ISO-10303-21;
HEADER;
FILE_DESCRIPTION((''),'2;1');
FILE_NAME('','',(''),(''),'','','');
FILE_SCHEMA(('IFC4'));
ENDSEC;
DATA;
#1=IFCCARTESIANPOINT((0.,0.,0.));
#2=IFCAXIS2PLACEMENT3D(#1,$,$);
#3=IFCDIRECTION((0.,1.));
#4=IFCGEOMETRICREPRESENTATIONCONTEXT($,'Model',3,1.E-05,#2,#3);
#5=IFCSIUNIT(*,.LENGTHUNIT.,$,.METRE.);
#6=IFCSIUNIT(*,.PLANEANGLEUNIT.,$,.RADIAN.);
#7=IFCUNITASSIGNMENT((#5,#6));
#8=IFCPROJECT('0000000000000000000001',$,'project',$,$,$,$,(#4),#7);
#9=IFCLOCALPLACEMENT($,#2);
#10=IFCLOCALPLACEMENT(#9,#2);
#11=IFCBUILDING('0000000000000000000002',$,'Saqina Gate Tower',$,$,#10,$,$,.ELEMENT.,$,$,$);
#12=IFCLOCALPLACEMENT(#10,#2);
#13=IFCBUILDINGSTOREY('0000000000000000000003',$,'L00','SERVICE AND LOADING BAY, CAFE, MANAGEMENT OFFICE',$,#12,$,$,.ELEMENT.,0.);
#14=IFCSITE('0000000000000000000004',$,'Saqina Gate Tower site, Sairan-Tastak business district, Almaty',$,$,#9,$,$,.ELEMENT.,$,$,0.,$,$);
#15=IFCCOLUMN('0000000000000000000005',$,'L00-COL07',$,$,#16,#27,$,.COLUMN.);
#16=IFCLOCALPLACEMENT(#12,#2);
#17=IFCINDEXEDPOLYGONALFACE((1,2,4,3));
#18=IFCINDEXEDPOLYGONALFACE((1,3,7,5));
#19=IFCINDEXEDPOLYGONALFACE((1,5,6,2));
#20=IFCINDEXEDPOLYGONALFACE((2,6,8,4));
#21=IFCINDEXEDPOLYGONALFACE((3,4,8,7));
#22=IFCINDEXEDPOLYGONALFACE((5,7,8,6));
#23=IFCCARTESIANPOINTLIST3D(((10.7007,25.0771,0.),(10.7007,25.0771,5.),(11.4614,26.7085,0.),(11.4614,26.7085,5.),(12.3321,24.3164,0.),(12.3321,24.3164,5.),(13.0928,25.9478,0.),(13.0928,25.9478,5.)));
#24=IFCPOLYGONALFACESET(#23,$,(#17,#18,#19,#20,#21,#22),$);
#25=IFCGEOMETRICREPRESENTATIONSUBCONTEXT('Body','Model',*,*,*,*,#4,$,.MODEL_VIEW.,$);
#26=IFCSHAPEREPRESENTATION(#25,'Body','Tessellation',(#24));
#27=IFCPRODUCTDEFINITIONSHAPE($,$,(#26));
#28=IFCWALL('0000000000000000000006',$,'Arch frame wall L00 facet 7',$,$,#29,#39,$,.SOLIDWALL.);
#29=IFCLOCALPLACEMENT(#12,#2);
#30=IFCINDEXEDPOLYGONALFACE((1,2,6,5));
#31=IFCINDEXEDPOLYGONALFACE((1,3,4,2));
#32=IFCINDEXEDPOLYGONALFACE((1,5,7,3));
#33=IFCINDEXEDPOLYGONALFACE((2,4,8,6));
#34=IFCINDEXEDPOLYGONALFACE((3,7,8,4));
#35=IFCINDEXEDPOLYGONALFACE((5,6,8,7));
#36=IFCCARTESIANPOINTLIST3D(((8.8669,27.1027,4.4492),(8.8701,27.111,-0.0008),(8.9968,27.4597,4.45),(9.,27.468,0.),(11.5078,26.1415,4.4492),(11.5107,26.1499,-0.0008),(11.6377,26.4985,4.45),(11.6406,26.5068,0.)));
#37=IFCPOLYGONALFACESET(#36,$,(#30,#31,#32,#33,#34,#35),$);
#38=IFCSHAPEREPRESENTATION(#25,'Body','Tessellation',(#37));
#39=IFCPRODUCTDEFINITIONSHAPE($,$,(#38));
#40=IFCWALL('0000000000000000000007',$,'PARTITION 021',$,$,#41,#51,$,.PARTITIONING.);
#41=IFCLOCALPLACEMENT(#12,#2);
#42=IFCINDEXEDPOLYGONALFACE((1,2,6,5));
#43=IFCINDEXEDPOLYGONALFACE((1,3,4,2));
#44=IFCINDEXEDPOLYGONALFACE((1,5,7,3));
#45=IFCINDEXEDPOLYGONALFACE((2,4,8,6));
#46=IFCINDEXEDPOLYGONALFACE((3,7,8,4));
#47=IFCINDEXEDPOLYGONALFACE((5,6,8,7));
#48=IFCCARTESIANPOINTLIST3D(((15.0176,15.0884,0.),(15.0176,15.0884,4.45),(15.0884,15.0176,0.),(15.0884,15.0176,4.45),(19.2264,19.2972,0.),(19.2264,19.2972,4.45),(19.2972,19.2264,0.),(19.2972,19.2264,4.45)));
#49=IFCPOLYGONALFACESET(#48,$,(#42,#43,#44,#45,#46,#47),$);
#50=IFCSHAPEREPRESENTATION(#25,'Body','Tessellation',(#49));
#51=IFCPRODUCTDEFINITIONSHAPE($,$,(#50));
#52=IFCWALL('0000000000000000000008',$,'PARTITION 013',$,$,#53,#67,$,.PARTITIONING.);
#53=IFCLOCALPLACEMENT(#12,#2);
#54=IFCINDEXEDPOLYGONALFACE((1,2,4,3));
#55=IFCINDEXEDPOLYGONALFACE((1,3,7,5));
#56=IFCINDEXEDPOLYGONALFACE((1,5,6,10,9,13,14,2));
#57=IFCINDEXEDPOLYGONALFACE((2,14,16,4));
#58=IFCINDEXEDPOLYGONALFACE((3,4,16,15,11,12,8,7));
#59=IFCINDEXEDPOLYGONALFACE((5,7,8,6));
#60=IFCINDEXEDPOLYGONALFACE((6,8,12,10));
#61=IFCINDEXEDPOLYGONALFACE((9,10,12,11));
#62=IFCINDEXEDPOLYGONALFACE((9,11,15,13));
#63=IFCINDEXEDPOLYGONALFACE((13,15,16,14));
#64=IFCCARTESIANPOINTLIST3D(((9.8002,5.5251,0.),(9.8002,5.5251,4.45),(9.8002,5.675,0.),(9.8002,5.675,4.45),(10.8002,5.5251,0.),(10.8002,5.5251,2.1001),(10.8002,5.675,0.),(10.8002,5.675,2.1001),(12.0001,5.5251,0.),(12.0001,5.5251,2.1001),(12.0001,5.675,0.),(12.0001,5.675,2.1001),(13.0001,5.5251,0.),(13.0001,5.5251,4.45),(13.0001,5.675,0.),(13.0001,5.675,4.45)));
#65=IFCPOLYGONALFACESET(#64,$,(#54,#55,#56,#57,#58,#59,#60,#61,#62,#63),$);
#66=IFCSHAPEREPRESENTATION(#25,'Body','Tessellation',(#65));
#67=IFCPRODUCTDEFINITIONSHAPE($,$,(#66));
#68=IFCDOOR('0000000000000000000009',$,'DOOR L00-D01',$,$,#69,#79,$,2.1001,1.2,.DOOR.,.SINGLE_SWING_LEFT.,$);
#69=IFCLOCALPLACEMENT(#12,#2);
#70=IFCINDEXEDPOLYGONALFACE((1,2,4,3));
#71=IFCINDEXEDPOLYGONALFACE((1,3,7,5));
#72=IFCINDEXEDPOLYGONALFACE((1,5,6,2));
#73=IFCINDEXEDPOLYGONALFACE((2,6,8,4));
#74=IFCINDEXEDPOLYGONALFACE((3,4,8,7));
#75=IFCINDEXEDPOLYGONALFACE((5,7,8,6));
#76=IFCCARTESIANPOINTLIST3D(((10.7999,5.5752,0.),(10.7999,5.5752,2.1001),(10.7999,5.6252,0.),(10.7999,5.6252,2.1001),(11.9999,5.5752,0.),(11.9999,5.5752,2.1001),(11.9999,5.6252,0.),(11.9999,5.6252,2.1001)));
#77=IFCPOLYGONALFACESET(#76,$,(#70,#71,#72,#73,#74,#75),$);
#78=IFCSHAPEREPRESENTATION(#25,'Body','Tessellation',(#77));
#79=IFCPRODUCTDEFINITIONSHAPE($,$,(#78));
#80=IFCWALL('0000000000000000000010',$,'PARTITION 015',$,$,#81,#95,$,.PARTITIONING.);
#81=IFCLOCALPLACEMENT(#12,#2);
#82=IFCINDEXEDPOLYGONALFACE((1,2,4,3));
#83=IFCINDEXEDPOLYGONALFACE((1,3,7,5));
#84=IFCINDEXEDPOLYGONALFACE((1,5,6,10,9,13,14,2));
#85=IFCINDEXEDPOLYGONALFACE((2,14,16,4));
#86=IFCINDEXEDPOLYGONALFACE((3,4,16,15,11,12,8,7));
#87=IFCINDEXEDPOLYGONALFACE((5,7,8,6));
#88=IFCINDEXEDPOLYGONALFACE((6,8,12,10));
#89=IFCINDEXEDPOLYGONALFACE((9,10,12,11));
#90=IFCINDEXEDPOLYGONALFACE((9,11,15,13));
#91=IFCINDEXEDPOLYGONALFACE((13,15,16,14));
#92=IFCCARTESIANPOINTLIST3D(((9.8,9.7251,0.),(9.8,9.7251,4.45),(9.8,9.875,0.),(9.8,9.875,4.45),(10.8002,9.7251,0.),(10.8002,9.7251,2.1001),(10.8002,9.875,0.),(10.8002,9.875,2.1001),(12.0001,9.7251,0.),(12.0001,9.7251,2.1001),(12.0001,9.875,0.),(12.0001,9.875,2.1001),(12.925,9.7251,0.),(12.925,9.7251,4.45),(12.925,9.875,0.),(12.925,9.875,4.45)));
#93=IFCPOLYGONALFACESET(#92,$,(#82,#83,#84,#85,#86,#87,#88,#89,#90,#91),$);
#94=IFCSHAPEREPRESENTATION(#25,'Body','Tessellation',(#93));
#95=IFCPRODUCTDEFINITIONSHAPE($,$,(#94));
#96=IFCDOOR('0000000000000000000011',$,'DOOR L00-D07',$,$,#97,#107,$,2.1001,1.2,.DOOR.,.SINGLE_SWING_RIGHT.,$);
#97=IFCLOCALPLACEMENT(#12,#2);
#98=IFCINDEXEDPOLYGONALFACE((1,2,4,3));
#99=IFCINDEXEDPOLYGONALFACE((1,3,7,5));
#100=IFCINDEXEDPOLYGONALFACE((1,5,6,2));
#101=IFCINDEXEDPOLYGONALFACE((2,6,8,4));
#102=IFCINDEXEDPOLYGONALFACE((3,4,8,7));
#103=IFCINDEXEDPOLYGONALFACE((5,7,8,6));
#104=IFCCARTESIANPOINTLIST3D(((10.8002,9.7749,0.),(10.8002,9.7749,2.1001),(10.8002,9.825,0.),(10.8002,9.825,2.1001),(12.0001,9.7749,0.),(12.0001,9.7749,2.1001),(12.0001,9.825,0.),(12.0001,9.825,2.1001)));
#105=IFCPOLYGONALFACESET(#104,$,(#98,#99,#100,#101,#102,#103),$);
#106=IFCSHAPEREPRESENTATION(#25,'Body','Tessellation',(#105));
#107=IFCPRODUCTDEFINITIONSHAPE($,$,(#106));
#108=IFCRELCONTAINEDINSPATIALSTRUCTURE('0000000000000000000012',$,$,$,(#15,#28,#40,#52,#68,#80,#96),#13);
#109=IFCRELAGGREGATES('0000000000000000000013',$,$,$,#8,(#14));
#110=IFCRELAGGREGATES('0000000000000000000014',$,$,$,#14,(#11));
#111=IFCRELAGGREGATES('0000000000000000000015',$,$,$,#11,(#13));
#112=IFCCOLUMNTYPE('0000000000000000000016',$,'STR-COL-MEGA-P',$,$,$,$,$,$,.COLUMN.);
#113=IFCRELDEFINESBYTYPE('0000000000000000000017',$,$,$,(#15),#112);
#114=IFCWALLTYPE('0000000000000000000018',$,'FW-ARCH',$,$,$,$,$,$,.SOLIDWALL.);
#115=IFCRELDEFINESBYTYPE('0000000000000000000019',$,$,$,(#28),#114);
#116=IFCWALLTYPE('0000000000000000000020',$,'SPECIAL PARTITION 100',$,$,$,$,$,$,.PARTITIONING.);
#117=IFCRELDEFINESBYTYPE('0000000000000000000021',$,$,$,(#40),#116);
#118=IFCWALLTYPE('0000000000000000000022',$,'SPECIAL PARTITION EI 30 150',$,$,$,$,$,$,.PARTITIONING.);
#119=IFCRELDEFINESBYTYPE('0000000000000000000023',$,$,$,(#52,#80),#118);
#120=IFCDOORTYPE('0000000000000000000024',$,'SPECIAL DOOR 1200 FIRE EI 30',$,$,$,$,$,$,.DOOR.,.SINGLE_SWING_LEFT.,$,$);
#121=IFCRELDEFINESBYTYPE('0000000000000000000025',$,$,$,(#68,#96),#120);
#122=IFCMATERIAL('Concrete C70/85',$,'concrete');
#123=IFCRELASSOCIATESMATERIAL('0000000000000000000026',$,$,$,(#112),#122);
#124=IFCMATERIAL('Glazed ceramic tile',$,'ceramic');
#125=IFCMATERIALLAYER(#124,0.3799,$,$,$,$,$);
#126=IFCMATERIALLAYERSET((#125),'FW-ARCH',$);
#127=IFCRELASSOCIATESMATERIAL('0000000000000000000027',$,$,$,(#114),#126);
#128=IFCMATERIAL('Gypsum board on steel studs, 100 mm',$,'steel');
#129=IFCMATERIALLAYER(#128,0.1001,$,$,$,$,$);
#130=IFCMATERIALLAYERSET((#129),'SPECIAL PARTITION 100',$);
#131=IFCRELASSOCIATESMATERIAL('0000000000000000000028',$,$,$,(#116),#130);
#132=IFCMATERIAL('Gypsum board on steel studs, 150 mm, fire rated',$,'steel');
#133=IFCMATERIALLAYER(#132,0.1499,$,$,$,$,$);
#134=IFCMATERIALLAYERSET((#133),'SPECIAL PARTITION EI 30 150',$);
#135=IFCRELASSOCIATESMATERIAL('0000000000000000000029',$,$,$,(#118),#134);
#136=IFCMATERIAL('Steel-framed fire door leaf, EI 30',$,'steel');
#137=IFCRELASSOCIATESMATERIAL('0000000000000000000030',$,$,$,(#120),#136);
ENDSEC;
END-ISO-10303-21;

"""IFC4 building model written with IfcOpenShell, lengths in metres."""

from ifc_helpers import new_model, si_unit, direction, frame, frame_2d, origin, origin_2d, place, context, subcontext, project, spatial, polyline, rectangle, outline, extrude, material, layer, layer_set, material_profile, profile_set, type_object, element, fill, save


model = new_model("IFC4")

# Units and contexts
model_context = context("Model", 3, precision=1e-05, world=origin(), true_north=direction((0.0, 1.0)))
body_context = subcontext(model_context, "Body", "Model", "MODEL_VIEW")
ifc_project = project(units=[si_unit("LENGTHUNIT", "METRE"), si_unit("PLANEANGLEUNIT", "RADIAN")], contexts=[model_context])

# Site, building, storey
site_placement = place(None, origin())
site = spatial("IfcSite", under=ifc_project, at=site_placement, Name="Saqina Gate Tower site, Sairan-Tastak business district, Almaty", CompositionType="ELEMENT", RefElevation=0.0)
building_placement = place(site_placement, origin())
building = spatial("IfcBuilding", under=site, at=building_placement, Name="Saqina Gate Tower", CompositionType="ELEMENT")
storey_placement = place(building_placement, origin())
storey = spatial("IfcBuildingStorey", under=building, at=storey_placement, Name="L00", Description="SERVICE AND LOADING BAY, CAFE, MANAGEMENT OFFICE", CompositionType="ELEMENT", Elevation=0.0)

# Column
ifc_material_1 = material(Name="Concrete C70/85", Category="concrete")
ifc_material_profile = material_profile(ifc_material_1, rectangle(XDim=1.8, YDim=1.8, at=origin_2d()), Name="RC 1800x1800")
ifc_profile_set = profile_set([ifc_material_profile], Name="Concrete C70/85")
column_type = type_object("IfcColumnType", Name="STR-COL-MEGA-P", PredefinedType="COLUMN", material=ifc_profile_set)
column_placement = place(storey_placement, frame((11.8967, 25.5125, 0.0), z_axis=(0.0, 0.0, 1.0), x_axis=(0.422618, 0.906308, 0.0)))
element("IfcColumn", 1, at=column_placement, inside=storey, type_object=column_type, Name="L00-COL07", PredefinedType="COLUMN", context=body_context, shape_type="SweptSolid", body=[
    extrude(rectangle(XDim=1.8, YDim=1.8, at=origin_2d()), origin(), (0.0, 0.0, 1.0), 5.0),
])

# Walls
ifc_material_2 = material(Name="Glazed ceramic tile", Category="ceramic")
ifc_layer_1 = layer(ifc_material_2, 0.3799)
ifc_layer_set_1 = layer_set([ifc_layer_1], Name="FW-ARCH")
wall_type_1 = type_object("IfcWallType", Name="FW-ARCH", PredefinedType="SOLIDWALL", material=ifc_layer_set_1)
wall_1_placement = place(storey_placement, frame((11.6406, 26.5068, 0.0), z_axis=(0.342028, 0.939688, 0.001987), x_axis=(-0.000662, -0.001874, 0.999998)))
element("IfcWall", 2, at=wall_1_placement, inside=storey, type_object=wall_type_1, Name="Arch frame wall L00 facet 7", PredefinedType="SOLIDWALL", context=body_context, shape_type="SweptSolid", body=[
    extrude(outline(polyline([(0.0, 0.0), (4.45, 0.0), (4.4499, -2.8103), (-0.0001, -2.8101), (0.0, 0.0)])), origin(), (0.0, 0.0, -1.0), 0.3799),
])
ifc_material_3 = material(Name="Gypsum board on steel studs, 100 mm", Category="steel")
ifc_layer_2 = layer(ifc_material_3, 0.1001)
ifc_layer_set_2 = layer_set([ifc_layer_2], Name="SPECIAL PARTITION 100")
wall_type_2 = type_object("IfcWallType", Name="SPECIAL PARTITION 100", PredefinedType="PARTITIONING", material=ifc_layer_set_2)
wall_2_placement = place(storey_placement, frame((15.053, 15.053, 0.0), z_axis=(0.0, 0.0, 1.0), x_axis=(0.707107, 0.707107, 0.0)))
element("IfcWall", 3, at=wall_2_placement, inside=storey, type_object=wall_type_2, Name="PARTITION 021", PredefinedType="PARTITIONING", context=body_context, shape_type="SweptSolid", body=[
    extrude(rectangle(XDim=5.9521, YDim=0.1001, at=frame_2d((2.9761, 0.0))), origin(), (0.0, 0.0, 1.0), 4.45),
])

# Walls, openings, doors
ifc_material_4 = material(Name="Gypsum board on steel studs, 150 mm, fire rated", Category="steel")
ifc_layer_3 = layer(ifc_material_4, 0.1499)
ifc_layer_set_3 = layer_set([ifc_layer_3], Name="SPECIAL PARTITION EI 30 150")
wall_type_3 = type_object("IfcWallType", Name="SPECIAL PARTITION EI 30 150", PredefinedType="PARTITIONING", material=ifc_layer_set_3)
wall_3_placement = place(storey_placement, frame((9.8, 5.6001, 0.0), z_axis=(0.0, 0.0, 1.0), x_axis=(1.0, 0.0, 0.0)))
wall_3 = element("IfcWall", 4, at=wall_3_placement, inside=storey, type_object=wall_type_3, Name="PARTITION 013", PredefinedType="PARTITIONING", context=body_context, shape_type="SweptSolid", body=[
    extrude(rectangle(XDim=3.2, YDim=0.1499, at=frame_2d((1.6001, 0.0))), origin(), (0.0, 0.0, 1.0), 4.45),
])
opening_1_placement = place(wall_3_placement, frame((1.0, 0.0, 0.0)))
opening_1 = element("IfcOpeningElement", 5, at=opening_1_placement, cuts=wall_3, PredefinedType="OPENING", context=body_context, shape_type="SweptSolid", body=[
    extrude(rectangle(XDim=1.2, YDim=2.1001, at=frame_2d((0.6001, 1.05))), frame((0.0, 0.0869, 0.0), z_axis=(0.0, -1.0, 0.0), x_axis=(1.0, 0.0, 0.0)), (0.0, 0.0, 1.0), 0.1738),
])
ifc_material_5 = material(Name="Steel-framed fire door leaf, EI 30", Category="steel")
door_type_1 = type_object("IfcDoorType", Name="SPECIAL DOOR 1200 FIRE EI 30", OperationType="SINGLE_SWING_LEFT", PredefinedType="DOOR", material=ifc_material_5)
door_1_placement = place(opening_1_placement, frame((1.2, 0.0, 0.0), z_axis=(0.0, 0.0, 1.0), x_axis=(-1.0, 0.0, 0.0)))
door_1 = element("IfcDoor", 6, at=door_1_placement, inside=storey, type_object=door_type_1, Name="DOOR L00-D01", OperationType="SINGLE_SWING_LEFT", OverallHeight=2.1001, OverallWidth=1.2, PredefinedType="DOOR", context=body_context, shape_type="SweptSolid", body=[
    extrude(rectangle(XDim=1.2, YDim=2.1001, at=frame_2d((0.6001, 1.05))), frame((0.0, 0.0249, 0.0), z_axis=(0.0, -1.0, 0.0), x_axis=(1.0, 0.0, 0.0)), (0.0, 0.0, 1.0), 0.05),
])
fill(opening_1, door_1)
wall_4_placement = place(storey_placement, frame((9.8, 9.8, 0.0), z_axis=(0.0, 0.0, 1.0), x_axis=(1.0, 0.0, 0.0)))
wall_4 = element("IfcWall", 7, at=wall_4_placement, inside=storey, type_object=wall_type_3, Name="PARTITION 015", PredefinedType="PARTITIONING", context=body_context, shape_type="SweptSolid", body=[
    extrude(rectangle(XDim=3.125, YDim=0.1499, at=frame_2d((1.5625, 0.0))), origin(), (0.0, 0.0, 1.0), 4.45),
])
opening_2_placement = place(wall_4_placement, frame((1.0, 0.0, 0.0)))
opening_2 = element("IfcOpeningElement", 8, at=opening_2_placement, cuts=wall_4, PredefinedType="OPENING", context=body_context, shape_type="SweptSolid", body=[
    extrude(rectangle(XDim=1.2, YDim=2.1001, at=frame_2d((0.6001, 1.05))), frame((0.0, 0.0869, 0.0), z_axis=(0.0, -1.0, 0.0), x_axis=(1.0, 0.0, 0.0)), (0.0, 0.0, 1.0), 0.1738),
])
door_2_placement = place(opening_2_placement, origin())
door_2 = element("IfcDoor", 9, at=door_2_placement, inside=storey, type_object=door_type_1, Name="DOOR L00-D07", OperationType="SINGLE_SWING_RIGHT", OverallHeight=2.1001, OverallWidth=1.2, PredefinedType="DOOR", context=body_context, shape_type="SweptSolid", body=[
    extrude(rectangle(XDim=1.2, YDim=2.1001, at=frame_2d((0.6001, 1.05))), frame((0.0, 0.0249, 0.0), z_axis=(0.0, -1.0, 0.0), x_axis=(1.0, 0.0, 0.0)), (0.0, 0.0, 1.0), 0.05),
])
fill(opening_2, door_2)

save(model, "model.ifc")
